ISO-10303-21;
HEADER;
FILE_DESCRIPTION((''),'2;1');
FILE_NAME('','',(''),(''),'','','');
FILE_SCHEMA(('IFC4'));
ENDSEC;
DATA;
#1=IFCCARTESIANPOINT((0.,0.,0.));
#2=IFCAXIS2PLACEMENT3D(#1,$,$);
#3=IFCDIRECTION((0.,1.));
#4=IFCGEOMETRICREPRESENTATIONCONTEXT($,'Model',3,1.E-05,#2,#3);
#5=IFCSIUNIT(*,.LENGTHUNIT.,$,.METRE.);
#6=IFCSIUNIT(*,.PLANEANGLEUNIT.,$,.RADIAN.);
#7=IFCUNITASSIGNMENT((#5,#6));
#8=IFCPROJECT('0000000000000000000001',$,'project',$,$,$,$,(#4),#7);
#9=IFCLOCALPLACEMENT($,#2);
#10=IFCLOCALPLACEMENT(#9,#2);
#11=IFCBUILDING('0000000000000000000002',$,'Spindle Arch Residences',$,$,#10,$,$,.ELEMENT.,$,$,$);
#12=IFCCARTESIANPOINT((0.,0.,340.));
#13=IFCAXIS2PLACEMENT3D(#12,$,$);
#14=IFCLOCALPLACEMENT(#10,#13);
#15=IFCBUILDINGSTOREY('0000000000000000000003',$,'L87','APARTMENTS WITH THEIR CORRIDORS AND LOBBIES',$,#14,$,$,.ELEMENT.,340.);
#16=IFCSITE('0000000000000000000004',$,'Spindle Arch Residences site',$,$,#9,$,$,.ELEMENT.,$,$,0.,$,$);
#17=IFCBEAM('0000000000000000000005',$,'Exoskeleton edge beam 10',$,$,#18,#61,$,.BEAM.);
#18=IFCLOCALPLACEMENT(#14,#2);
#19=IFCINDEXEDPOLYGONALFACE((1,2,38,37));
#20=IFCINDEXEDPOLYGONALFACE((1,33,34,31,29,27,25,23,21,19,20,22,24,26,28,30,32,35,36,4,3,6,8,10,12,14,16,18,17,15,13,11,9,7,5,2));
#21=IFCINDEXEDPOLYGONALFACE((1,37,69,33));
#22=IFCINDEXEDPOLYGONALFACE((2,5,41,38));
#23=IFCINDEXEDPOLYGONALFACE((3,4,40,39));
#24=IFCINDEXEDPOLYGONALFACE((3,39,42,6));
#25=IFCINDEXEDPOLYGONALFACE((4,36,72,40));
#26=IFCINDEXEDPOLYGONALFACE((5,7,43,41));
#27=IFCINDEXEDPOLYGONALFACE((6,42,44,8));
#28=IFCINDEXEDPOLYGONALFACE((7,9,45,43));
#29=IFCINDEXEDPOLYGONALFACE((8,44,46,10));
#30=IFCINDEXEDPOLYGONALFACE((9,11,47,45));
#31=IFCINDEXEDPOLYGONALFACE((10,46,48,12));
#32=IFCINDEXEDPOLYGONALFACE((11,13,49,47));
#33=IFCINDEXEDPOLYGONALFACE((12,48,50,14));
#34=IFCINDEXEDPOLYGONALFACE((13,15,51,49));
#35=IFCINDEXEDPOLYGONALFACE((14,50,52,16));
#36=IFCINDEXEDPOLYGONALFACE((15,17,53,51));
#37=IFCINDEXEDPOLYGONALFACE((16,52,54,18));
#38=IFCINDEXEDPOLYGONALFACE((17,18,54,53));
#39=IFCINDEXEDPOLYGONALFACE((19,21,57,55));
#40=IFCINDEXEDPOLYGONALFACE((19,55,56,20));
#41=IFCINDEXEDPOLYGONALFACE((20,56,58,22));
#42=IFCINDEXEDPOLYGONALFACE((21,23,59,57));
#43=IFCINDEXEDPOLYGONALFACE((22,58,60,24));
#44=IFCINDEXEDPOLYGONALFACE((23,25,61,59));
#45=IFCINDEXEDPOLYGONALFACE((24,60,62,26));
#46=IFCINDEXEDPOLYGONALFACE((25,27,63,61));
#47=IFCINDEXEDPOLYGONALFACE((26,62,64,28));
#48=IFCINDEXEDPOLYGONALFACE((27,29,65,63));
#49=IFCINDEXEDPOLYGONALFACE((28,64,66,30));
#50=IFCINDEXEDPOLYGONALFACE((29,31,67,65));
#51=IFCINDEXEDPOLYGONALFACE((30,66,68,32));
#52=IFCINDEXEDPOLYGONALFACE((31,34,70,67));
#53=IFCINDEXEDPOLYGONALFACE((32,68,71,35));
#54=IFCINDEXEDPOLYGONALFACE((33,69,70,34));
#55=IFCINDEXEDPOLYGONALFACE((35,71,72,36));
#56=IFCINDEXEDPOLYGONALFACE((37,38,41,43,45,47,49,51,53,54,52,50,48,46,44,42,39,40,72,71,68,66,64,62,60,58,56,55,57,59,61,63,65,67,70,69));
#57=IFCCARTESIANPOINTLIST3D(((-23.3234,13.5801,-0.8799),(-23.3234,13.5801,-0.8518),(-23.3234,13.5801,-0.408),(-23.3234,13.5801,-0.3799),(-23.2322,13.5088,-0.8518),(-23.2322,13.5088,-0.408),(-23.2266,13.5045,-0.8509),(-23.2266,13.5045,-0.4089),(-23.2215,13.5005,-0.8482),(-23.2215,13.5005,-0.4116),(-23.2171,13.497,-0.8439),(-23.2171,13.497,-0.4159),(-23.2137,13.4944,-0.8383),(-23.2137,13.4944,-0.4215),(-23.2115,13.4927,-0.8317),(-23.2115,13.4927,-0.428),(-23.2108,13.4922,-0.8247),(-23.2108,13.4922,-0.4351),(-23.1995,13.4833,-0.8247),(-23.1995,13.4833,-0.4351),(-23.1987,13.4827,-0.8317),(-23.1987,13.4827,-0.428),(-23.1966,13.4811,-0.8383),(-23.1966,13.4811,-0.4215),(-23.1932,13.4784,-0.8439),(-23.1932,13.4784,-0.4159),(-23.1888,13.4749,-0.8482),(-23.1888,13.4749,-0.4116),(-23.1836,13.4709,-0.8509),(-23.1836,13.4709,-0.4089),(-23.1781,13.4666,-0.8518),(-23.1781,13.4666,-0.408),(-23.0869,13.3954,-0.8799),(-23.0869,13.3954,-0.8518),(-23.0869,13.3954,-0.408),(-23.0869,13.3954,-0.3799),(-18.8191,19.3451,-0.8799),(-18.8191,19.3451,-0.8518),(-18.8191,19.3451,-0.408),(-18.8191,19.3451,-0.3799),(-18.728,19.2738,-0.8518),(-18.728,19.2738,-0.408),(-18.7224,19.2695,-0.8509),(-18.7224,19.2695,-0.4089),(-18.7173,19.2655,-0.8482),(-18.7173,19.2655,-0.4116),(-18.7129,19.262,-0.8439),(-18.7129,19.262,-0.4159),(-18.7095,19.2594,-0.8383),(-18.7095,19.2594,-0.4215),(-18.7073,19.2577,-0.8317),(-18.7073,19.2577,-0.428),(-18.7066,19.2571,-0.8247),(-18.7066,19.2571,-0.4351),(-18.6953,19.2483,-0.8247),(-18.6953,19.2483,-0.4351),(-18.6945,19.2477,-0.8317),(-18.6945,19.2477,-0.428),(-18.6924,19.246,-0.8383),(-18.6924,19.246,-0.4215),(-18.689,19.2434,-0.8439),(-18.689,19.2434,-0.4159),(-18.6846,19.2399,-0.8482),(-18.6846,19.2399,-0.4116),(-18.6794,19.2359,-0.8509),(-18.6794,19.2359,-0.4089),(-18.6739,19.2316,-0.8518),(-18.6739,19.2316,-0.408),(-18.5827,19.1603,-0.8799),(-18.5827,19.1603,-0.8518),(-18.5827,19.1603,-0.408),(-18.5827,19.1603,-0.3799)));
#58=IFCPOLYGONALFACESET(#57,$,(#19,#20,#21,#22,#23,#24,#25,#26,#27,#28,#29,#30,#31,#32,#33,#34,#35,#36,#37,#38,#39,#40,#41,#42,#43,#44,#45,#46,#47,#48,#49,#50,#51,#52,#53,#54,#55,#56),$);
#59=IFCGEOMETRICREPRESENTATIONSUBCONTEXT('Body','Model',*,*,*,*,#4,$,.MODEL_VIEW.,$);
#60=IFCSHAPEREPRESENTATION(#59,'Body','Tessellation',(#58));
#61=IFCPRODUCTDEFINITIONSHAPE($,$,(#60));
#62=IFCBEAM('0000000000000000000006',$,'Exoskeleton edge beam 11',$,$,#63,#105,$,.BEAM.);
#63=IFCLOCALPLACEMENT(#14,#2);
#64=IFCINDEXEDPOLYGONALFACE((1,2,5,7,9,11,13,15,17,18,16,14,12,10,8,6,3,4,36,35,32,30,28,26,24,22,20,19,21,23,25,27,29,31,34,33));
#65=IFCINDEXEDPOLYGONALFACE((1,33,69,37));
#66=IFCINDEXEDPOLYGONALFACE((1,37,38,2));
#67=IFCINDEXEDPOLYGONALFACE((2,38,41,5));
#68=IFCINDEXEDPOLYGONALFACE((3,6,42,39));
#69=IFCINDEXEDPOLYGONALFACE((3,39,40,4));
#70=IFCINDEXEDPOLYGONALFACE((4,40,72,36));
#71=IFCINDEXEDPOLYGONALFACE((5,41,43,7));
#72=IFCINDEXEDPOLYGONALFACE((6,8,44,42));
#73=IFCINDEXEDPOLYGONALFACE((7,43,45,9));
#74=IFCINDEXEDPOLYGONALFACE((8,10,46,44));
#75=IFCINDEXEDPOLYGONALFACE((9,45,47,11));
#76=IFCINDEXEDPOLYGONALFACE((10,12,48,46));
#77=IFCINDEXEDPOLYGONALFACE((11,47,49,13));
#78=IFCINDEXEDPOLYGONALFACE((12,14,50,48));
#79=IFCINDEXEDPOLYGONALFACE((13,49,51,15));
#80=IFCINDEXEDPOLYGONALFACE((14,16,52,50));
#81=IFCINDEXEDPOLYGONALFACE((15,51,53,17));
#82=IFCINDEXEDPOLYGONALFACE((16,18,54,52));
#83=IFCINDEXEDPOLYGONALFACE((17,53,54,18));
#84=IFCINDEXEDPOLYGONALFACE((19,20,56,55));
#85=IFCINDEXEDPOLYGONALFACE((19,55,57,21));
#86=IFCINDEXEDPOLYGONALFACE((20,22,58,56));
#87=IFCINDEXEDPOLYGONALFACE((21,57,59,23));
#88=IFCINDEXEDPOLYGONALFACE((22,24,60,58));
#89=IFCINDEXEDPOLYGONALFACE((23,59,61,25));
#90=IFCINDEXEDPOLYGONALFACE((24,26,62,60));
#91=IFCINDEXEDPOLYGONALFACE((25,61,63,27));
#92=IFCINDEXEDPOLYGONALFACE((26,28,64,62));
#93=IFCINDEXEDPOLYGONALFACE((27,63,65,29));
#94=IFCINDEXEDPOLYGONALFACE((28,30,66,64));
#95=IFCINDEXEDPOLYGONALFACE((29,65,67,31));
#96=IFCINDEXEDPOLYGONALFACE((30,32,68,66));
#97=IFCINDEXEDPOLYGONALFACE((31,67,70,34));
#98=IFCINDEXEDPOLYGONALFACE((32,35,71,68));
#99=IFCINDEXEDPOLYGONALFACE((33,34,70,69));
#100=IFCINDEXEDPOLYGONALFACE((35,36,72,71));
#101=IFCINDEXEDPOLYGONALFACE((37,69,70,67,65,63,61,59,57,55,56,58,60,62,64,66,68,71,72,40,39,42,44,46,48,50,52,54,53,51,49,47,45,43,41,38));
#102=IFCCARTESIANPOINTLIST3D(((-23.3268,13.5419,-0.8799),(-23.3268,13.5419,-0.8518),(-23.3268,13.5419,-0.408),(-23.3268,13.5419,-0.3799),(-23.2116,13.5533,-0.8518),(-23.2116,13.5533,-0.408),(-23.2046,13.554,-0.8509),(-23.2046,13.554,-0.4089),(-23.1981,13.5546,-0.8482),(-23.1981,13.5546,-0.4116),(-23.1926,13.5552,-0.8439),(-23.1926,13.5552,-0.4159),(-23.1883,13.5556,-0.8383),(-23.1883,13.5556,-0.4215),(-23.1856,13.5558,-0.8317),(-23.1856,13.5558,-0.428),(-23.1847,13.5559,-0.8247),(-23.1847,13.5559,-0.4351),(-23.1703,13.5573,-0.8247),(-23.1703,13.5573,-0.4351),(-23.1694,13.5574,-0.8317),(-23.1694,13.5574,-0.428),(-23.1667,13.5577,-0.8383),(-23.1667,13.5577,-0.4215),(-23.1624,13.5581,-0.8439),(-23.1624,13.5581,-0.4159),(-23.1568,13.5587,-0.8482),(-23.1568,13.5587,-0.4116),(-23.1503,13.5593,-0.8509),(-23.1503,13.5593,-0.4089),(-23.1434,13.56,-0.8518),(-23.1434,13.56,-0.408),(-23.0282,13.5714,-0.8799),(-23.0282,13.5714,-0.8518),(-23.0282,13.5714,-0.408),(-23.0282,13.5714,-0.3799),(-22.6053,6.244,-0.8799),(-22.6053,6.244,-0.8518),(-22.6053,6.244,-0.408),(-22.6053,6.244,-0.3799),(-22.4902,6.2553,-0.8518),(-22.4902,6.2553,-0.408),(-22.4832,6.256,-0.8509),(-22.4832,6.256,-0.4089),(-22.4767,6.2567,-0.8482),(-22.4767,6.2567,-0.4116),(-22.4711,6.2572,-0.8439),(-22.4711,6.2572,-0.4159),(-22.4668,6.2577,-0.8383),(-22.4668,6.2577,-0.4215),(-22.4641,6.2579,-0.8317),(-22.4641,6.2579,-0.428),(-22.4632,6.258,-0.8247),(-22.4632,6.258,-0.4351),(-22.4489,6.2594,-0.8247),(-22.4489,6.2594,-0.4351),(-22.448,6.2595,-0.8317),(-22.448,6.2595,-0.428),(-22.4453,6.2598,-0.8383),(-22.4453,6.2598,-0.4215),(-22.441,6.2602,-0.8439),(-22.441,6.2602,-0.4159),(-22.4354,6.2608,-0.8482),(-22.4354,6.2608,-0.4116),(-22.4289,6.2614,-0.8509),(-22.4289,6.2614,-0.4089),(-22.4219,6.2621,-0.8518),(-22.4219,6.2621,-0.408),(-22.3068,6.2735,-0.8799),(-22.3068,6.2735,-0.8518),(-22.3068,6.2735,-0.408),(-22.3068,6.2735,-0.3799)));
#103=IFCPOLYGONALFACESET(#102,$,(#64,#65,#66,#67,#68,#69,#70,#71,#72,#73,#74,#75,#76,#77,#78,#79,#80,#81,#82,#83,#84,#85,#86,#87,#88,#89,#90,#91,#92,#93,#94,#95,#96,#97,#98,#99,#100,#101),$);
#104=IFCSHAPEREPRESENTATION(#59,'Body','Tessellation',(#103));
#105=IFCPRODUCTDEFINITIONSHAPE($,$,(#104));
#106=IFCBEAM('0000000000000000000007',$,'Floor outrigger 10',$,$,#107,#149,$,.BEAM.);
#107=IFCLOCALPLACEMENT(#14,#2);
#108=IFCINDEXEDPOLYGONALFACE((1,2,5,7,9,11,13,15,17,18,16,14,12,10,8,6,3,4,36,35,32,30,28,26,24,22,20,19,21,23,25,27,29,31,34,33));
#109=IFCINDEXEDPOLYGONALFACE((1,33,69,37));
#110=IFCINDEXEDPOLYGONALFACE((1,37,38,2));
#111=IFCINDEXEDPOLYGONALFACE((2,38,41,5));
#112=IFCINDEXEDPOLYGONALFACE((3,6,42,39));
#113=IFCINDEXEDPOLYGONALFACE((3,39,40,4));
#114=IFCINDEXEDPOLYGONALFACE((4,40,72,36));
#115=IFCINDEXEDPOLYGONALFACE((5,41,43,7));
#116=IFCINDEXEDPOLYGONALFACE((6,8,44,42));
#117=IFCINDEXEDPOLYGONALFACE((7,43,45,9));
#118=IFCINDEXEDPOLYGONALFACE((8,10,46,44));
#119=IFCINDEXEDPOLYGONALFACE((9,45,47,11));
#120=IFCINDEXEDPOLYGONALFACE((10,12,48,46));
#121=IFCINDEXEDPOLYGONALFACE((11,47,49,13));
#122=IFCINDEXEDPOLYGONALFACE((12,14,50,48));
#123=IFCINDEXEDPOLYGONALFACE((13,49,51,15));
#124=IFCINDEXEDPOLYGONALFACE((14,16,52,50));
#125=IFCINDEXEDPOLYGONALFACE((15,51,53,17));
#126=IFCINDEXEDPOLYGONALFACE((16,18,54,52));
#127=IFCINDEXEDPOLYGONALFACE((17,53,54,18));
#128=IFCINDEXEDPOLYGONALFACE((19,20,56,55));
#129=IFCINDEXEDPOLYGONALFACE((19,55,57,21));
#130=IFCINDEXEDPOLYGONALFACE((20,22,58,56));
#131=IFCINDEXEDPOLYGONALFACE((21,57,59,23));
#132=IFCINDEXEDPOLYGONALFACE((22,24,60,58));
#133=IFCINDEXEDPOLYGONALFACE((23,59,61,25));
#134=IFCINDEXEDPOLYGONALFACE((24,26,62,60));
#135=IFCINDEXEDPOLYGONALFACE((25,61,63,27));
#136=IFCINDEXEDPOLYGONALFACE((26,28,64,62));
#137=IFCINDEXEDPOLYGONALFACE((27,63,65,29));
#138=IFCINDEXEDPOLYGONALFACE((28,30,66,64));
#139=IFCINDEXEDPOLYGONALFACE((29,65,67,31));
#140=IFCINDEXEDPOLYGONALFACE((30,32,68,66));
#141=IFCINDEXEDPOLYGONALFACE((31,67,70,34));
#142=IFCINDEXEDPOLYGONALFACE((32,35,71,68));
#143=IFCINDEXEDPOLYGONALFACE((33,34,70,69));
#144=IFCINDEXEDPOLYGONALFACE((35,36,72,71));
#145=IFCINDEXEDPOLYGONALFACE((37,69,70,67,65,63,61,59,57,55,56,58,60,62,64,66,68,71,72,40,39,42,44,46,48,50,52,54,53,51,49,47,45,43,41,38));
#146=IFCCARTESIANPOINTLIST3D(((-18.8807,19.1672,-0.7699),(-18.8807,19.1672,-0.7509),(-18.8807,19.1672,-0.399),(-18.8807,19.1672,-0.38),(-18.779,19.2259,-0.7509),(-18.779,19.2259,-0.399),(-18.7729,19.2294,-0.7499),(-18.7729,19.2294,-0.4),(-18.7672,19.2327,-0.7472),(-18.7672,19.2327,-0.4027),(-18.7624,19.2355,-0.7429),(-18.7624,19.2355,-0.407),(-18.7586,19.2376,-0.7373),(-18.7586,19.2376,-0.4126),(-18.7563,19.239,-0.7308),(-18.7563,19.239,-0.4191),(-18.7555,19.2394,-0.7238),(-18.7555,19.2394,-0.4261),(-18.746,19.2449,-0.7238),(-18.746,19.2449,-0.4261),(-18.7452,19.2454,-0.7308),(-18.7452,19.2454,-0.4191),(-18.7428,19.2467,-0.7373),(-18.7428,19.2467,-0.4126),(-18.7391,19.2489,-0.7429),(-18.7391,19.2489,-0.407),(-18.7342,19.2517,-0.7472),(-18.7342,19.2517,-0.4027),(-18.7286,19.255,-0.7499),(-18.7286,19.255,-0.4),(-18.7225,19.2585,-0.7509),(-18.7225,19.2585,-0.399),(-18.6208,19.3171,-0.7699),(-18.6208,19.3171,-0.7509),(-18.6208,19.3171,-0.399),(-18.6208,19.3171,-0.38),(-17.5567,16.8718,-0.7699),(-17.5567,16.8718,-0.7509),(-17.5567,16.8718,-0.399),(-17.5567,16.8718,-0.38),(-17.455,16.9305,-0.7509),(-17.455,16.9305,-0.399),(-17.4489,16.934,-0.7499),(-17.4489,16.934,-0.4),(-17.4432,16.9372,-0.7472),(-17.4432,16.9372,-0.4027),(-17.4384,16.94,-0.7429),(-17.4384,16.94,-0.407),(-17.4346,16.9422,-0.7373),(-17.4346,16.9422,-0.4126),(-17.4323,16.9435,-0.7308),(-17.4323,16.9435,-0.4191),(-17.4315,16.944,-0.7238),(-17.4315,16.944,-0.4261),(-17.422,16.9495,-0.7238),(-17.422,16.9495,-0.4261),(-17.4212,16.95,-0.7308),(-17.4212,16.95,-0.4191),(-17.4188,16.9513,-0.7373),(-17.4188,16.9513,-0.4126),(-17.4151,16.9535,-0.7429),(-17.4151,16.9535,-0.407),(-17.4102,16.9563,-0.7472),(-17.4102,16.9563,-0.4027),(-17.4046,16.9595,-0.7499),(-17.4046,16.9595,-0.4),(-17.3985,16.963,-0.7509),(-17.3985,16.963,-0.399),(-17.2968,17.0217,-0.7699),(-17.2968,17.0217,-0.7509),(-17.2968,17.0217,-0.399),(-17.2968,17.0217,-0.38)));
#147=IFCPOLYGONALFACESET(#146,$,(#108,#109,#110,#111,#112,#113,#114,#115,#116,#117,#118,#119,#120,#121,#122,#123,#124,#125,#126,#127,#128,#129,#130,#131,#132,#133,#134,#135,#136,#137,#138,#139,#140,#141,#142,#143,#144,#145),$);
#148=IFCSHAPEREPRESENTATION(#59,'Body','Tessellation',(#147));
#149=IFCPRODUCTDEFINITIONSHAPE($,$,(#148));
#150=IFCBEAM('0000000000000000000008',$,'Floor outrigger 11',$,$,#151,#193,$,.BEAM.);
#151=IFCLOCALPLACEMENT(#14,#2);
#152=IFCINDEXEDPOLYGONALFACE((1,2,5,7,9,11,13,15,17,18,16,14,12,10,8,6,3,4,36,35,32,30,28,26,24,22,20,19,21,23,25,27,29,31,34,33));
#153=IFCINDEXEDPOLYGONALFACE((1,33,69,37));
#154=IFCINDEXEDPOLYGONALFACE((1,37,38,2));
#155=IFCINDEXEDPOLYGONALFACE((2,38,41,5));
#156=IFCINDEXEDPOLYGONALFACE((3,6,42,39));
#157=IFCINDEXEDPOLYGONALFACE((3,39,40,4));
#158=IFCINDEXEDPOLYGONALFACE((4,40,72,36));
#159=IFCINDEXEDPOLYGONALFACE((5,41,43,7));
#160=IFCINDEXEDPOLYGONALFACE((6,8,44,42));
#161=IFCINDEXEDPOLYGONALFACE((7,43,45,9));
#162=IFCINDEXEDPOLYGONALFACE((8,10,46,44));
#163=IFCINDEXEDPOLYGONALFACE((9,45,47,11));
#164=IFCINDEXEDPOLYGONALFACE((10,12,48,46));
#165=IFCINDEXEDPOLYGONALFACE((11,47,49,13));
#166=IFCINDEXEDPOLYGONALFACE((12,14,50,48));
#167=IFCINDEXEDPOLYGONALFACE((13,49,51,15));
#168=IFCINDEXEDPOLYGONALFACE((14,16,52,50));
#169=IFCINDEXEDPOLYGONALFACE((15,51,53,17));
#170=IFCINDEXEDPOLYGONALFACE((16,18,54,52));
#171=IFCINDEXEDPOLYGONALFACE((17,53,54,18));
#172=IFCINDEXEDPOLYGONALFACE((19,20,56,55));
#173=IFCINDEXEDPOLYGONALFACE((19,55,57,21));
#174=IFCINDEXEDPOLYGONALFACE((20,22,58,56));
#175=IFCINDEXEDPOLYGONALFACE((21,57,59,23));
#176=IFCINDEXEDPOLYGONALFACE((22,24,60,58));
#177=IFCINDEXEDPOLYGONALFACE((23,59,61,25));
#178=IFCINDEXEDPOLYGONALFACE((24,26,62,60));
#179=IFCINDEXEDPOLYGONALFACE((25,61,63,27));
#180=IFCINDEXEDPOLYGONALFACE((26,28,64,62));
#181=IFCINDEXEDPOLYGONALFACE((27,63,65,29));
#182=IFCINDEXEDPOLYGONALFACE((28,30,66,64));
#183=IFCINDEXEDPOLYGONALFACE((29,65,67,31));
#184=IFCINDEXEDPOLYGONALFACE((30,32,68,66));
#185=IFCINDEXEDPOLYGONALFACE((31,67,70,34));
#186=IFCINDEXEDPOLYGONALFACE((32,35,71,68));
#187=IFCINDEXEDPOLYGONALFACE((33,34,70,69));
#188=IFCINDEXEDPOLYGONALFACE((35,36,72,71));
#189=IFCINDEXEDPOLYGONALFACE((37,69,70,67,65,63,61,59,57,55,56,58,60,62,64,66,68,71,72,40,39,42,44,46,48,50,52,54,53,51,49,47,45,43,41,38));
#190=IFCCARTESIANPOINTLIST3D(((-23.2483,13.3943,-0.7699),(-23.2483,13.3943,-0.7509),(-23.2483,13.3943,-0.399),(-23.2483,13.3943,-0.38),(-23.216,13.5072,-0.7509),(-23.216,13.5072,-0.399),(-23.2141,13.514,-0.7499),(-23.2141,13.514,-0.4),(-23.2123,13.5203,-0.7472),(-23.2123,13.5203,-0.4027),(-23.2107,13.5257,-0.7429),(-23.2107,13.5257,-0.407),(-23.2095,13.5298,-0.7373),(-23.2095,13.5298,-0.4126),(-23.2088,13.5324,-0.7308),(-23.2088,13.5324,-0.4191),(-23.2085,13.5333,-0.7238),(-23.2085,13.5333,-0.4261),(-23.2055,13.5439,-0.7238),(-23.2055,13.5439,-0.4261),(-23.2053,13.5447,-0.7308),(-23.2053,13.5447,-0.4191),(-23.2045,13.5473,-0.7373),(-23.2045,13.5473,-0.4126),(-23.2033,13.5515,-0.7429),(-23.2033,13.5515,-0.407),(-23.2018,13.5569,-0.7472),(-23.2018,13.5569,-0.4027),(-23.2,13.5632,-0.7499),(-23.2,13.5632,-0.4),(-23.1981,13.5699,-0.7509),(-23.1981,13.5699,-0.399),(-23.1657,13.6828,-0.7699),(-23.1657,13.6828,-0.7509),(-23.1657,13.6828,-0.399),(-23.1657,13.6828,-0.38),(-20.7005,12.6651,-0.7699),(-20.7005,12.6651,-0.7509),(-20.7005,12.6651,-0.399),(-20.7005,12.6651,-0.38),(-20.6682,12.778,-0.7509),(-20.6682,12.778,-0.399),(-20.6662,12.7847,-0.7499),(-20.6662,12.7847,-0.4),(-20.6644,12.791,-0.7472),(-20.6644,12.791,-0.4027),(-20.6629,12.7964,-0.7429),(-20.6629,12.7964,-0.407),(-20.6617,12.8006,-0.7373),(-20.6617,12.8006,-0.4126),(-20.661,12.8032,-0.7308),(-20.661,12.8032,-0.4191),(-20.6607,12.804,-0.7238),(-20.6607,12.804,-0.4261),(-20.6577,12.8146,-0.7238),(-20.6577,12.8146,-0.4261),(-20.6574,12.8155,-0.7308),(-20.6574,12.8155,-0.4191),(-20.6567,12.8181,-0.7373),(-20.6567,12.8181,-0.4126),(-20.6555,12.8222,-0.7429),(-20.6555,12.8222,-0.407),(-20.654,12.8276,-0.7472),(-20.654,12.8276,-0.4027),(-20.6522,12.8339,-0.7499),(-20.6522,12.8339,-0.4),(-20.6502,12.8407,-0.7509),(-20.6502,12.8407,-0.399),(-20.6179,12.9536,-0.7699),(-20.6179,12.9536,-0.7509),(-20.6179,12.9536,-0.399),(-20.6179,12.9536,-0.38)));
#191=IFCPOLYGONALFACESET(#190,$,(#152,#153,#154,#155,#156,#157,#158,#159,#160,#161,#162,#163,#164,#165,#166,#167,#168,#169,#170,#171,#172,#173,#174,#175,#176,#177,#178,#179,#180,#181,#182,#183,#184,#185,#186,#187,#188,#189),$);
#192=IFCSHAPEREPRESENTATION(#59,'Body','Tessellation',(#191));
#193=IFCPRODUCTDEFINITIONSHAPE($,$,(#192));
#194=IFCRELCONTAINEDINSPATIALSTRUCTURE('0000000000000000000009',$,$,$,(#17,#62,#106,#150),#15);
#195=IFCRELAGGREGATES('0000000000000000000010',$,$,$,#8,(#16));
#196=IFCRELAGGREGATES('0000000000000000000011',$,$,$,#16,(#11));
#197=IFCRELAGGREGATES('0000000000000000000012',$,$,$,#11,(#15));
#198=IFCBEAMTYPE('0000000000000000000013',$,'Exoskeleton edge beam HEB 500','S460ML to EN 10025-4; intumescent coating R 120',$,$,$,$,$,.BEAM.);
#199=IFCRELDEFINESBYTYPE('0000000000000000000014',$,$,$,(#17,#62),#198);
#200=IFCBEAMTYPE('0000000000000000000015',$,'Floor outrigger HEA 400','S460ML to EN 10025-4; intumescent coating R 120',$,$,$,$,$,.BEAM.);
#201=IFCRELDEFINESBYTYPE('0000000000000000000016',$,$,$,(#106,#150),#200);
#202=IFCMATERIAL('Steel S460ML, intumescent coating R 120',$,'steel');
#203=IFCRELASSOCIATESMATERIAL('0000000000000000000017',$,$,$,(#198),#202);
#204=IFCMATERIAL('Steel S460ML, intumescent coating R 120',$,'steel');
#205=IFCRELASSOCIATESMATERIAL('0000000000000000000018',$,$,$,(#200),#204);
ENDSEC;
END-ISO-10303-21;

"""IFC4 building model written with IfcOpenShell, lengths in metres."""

from ifc_helpers import new_model, si_unit, direction, frame, origin, origin_2d, place, context, subcontext, project, spatial, i_section, extrude, material, material_profile, profile_set, type_object, element, save


model = new_model("IFC4")

# Units and contexts
model_context = context("Model", 3, precision=1e-05, world=origin(), true_north=direction((0.0, 1.0)))
body_context = subcontext(model_context, "Body", "Model", "MODEL_VIEW")
ifc_project = project(units=[si_unit("LENGTHUNIT", "METRE"), si_unit("PLANEANGLEUNIT", "RADIAN")], contexts=[model_context])

# Site, building, storey
site_placement = place(None, origin())
site = spatial("IfcSite", under=ifc_project, at=site_placement, Name="Spindle Arch Residences site", CompositionType="ELEMENT", RefElevation=0.0)
building_placement = place(site_placement, origin())
building = spatial("IfcBuilding", under=site, at=building_placement, Name="Spindle Arch Residences", CompositionType="ELEMENT")
storey_placement = place(building_placement, frame((0.0, 0.0, 340.0)))
storey = spatial("IfcBuildingStorey", under=building, at=storey_placement, Name="L87", Description="APARTMENTS WITH THEIR CORRIDORS AND LOBBIES", CompositionType="ELEMENT", Elevation=340.0)

# Beams
ifc_material_1 = material(Name="Steel S460ML, intumescent coating R 120", Category="steel")
ifc_material_profile_1 = material_profile(ifc_material_1, i_section(OverallWidth=0.3, OverallDepth=0.5, WebThickness=0.0144, FlangeThickness=0.0281, FilletRadius=0.0271, at=origin_2d()), Name="HEB 500")
ifc_profile_set_1 = profile_set([ifc_material_profile_1], Name="Steel S460ML, intumescent coating R 120")
beam_type_1 = type_object("IfcBeamType", Name="Exoskeleton edge beam HEB 500", Description="S460ML to EN 10025-4; intumescent coating R 120", PredefinedType="BEAM", material=ifc_profile_set_1)
beam_1_placement = place(storey_placement, frame((-18.7009, 19.2527, -0.6299), z_axis=(-0.615672, -0.788003, 0.0), x_axis=(0.788003, -0.615672, 0.0)))
element("IfcBeam", 1, at=beam_1_placement, inside=storey, type_object=beam_type_1, Name="Exoskeleton edge beam 10", PredefinedType="BEAM", context=body_context, shape_type="SweptSolid", body=[
    extrude(i_section(OverallWidth=0.3, OverallDepth=0.5, WebThickness=0.0144, FlangeThickness=0.0281, FilletRadius=0.0271, at=origin_2d()), origin(), (0.0, 0.0, 1.0), 7.3159),
])
beam_2_placement = place(storey_placement, frame((-23.1775, 13.5566, -0.6299), z_axis=(0.098376, -0.995149, 0.0), x_axis=(0.995149, 0.098376, 0.0)))
element("IfcBeam", 2, at=beam_2_placement, inside=storey, type_object=beam_type_1, Name="Exoskeleton edge beam 11", PredefinedType="BEAM", context=body_context, shape_type="SweptSolid", body=[
    extrude(i_section(OverallWidth=0.3, OverallDepth=0.5, WebThickness=0.0144, FlangeThickness=0.0281, FilletRadius=0.0271, at=origin_2d()), origin(), (0.0, 0.0, 1.0), 7.3335),
])
ifc_material_2 = material(Name="Steel S460ML, intumescent coating R 120", Category="steel")
ifc_material_profile_2 = material_profile(ifc_material_2, i_section(OverallWidth=0.3, OverallDepth=0.3899, WebThickness=0.011, FlangeThickness=0.019, FilletRadius=0.0271, at=origin_2d()), Name="HEA 400")
ifc_profile_set_2 = profile_set([ifc_material_profile_2], Name="Steel S460ML, intumescent coating R 120")
beam_type_2 = type_object("IfcBeamType", Name="Floor outrigger HEA 400", Description="S460ML to EN 10025-4; intumescent coating R 120", PredefinedType="BEAM", material=ifc_profile_set_2)
beam_3_placement = place(storey_placement, frame((-18.7507, 19.2422, -0.575), z_axis=(0.499637, -0.866235, 0.0), x_axis=(0.866235, 0.499637, 0.0)))
element("IfcBeam", 3, at=beam_3_placement, inside=storey, type_object=beam_type_2, Name="Floor outrigger 10", PredefinedType="BEAM", context=body_context, shape_type="SweptSolid", body=[
    extrude(i_section(OverallWidth=0.3, OverallDepth=0.3899, WebThickness=0.011, FlangeThickness=0.019, FilletRadius=0.0271, at=origin_2d()), origin(), (0.0, 0.0, 1.0), 2.6499),
])
beam_4_placement = place(storey_placement, frame((-23.207, 13.5386, -0.575), z_axis=(0.961395, -0.275171, 0.0), x_axis=(0.275171, 0.961395, 0.0)))
element("IfcBeam", 4, at=beam_4_placement, inside=storey, type_object=beam_type_2, Name="Floor outrigger 11", PredefinedType="BEAM", context=body_context, shape_type="SweptSolid", body=[
    extrude(i_section(OverallWidth=0.3, OverallDepth=0.3899, WebThickness=0.011, FlangeThickness=0.019, FilletRadius=0.0271, at=origin_2d()), origin(), (0.0, 0.0, 1.0), 2.6501),
])

save(model, "model.ifc")
